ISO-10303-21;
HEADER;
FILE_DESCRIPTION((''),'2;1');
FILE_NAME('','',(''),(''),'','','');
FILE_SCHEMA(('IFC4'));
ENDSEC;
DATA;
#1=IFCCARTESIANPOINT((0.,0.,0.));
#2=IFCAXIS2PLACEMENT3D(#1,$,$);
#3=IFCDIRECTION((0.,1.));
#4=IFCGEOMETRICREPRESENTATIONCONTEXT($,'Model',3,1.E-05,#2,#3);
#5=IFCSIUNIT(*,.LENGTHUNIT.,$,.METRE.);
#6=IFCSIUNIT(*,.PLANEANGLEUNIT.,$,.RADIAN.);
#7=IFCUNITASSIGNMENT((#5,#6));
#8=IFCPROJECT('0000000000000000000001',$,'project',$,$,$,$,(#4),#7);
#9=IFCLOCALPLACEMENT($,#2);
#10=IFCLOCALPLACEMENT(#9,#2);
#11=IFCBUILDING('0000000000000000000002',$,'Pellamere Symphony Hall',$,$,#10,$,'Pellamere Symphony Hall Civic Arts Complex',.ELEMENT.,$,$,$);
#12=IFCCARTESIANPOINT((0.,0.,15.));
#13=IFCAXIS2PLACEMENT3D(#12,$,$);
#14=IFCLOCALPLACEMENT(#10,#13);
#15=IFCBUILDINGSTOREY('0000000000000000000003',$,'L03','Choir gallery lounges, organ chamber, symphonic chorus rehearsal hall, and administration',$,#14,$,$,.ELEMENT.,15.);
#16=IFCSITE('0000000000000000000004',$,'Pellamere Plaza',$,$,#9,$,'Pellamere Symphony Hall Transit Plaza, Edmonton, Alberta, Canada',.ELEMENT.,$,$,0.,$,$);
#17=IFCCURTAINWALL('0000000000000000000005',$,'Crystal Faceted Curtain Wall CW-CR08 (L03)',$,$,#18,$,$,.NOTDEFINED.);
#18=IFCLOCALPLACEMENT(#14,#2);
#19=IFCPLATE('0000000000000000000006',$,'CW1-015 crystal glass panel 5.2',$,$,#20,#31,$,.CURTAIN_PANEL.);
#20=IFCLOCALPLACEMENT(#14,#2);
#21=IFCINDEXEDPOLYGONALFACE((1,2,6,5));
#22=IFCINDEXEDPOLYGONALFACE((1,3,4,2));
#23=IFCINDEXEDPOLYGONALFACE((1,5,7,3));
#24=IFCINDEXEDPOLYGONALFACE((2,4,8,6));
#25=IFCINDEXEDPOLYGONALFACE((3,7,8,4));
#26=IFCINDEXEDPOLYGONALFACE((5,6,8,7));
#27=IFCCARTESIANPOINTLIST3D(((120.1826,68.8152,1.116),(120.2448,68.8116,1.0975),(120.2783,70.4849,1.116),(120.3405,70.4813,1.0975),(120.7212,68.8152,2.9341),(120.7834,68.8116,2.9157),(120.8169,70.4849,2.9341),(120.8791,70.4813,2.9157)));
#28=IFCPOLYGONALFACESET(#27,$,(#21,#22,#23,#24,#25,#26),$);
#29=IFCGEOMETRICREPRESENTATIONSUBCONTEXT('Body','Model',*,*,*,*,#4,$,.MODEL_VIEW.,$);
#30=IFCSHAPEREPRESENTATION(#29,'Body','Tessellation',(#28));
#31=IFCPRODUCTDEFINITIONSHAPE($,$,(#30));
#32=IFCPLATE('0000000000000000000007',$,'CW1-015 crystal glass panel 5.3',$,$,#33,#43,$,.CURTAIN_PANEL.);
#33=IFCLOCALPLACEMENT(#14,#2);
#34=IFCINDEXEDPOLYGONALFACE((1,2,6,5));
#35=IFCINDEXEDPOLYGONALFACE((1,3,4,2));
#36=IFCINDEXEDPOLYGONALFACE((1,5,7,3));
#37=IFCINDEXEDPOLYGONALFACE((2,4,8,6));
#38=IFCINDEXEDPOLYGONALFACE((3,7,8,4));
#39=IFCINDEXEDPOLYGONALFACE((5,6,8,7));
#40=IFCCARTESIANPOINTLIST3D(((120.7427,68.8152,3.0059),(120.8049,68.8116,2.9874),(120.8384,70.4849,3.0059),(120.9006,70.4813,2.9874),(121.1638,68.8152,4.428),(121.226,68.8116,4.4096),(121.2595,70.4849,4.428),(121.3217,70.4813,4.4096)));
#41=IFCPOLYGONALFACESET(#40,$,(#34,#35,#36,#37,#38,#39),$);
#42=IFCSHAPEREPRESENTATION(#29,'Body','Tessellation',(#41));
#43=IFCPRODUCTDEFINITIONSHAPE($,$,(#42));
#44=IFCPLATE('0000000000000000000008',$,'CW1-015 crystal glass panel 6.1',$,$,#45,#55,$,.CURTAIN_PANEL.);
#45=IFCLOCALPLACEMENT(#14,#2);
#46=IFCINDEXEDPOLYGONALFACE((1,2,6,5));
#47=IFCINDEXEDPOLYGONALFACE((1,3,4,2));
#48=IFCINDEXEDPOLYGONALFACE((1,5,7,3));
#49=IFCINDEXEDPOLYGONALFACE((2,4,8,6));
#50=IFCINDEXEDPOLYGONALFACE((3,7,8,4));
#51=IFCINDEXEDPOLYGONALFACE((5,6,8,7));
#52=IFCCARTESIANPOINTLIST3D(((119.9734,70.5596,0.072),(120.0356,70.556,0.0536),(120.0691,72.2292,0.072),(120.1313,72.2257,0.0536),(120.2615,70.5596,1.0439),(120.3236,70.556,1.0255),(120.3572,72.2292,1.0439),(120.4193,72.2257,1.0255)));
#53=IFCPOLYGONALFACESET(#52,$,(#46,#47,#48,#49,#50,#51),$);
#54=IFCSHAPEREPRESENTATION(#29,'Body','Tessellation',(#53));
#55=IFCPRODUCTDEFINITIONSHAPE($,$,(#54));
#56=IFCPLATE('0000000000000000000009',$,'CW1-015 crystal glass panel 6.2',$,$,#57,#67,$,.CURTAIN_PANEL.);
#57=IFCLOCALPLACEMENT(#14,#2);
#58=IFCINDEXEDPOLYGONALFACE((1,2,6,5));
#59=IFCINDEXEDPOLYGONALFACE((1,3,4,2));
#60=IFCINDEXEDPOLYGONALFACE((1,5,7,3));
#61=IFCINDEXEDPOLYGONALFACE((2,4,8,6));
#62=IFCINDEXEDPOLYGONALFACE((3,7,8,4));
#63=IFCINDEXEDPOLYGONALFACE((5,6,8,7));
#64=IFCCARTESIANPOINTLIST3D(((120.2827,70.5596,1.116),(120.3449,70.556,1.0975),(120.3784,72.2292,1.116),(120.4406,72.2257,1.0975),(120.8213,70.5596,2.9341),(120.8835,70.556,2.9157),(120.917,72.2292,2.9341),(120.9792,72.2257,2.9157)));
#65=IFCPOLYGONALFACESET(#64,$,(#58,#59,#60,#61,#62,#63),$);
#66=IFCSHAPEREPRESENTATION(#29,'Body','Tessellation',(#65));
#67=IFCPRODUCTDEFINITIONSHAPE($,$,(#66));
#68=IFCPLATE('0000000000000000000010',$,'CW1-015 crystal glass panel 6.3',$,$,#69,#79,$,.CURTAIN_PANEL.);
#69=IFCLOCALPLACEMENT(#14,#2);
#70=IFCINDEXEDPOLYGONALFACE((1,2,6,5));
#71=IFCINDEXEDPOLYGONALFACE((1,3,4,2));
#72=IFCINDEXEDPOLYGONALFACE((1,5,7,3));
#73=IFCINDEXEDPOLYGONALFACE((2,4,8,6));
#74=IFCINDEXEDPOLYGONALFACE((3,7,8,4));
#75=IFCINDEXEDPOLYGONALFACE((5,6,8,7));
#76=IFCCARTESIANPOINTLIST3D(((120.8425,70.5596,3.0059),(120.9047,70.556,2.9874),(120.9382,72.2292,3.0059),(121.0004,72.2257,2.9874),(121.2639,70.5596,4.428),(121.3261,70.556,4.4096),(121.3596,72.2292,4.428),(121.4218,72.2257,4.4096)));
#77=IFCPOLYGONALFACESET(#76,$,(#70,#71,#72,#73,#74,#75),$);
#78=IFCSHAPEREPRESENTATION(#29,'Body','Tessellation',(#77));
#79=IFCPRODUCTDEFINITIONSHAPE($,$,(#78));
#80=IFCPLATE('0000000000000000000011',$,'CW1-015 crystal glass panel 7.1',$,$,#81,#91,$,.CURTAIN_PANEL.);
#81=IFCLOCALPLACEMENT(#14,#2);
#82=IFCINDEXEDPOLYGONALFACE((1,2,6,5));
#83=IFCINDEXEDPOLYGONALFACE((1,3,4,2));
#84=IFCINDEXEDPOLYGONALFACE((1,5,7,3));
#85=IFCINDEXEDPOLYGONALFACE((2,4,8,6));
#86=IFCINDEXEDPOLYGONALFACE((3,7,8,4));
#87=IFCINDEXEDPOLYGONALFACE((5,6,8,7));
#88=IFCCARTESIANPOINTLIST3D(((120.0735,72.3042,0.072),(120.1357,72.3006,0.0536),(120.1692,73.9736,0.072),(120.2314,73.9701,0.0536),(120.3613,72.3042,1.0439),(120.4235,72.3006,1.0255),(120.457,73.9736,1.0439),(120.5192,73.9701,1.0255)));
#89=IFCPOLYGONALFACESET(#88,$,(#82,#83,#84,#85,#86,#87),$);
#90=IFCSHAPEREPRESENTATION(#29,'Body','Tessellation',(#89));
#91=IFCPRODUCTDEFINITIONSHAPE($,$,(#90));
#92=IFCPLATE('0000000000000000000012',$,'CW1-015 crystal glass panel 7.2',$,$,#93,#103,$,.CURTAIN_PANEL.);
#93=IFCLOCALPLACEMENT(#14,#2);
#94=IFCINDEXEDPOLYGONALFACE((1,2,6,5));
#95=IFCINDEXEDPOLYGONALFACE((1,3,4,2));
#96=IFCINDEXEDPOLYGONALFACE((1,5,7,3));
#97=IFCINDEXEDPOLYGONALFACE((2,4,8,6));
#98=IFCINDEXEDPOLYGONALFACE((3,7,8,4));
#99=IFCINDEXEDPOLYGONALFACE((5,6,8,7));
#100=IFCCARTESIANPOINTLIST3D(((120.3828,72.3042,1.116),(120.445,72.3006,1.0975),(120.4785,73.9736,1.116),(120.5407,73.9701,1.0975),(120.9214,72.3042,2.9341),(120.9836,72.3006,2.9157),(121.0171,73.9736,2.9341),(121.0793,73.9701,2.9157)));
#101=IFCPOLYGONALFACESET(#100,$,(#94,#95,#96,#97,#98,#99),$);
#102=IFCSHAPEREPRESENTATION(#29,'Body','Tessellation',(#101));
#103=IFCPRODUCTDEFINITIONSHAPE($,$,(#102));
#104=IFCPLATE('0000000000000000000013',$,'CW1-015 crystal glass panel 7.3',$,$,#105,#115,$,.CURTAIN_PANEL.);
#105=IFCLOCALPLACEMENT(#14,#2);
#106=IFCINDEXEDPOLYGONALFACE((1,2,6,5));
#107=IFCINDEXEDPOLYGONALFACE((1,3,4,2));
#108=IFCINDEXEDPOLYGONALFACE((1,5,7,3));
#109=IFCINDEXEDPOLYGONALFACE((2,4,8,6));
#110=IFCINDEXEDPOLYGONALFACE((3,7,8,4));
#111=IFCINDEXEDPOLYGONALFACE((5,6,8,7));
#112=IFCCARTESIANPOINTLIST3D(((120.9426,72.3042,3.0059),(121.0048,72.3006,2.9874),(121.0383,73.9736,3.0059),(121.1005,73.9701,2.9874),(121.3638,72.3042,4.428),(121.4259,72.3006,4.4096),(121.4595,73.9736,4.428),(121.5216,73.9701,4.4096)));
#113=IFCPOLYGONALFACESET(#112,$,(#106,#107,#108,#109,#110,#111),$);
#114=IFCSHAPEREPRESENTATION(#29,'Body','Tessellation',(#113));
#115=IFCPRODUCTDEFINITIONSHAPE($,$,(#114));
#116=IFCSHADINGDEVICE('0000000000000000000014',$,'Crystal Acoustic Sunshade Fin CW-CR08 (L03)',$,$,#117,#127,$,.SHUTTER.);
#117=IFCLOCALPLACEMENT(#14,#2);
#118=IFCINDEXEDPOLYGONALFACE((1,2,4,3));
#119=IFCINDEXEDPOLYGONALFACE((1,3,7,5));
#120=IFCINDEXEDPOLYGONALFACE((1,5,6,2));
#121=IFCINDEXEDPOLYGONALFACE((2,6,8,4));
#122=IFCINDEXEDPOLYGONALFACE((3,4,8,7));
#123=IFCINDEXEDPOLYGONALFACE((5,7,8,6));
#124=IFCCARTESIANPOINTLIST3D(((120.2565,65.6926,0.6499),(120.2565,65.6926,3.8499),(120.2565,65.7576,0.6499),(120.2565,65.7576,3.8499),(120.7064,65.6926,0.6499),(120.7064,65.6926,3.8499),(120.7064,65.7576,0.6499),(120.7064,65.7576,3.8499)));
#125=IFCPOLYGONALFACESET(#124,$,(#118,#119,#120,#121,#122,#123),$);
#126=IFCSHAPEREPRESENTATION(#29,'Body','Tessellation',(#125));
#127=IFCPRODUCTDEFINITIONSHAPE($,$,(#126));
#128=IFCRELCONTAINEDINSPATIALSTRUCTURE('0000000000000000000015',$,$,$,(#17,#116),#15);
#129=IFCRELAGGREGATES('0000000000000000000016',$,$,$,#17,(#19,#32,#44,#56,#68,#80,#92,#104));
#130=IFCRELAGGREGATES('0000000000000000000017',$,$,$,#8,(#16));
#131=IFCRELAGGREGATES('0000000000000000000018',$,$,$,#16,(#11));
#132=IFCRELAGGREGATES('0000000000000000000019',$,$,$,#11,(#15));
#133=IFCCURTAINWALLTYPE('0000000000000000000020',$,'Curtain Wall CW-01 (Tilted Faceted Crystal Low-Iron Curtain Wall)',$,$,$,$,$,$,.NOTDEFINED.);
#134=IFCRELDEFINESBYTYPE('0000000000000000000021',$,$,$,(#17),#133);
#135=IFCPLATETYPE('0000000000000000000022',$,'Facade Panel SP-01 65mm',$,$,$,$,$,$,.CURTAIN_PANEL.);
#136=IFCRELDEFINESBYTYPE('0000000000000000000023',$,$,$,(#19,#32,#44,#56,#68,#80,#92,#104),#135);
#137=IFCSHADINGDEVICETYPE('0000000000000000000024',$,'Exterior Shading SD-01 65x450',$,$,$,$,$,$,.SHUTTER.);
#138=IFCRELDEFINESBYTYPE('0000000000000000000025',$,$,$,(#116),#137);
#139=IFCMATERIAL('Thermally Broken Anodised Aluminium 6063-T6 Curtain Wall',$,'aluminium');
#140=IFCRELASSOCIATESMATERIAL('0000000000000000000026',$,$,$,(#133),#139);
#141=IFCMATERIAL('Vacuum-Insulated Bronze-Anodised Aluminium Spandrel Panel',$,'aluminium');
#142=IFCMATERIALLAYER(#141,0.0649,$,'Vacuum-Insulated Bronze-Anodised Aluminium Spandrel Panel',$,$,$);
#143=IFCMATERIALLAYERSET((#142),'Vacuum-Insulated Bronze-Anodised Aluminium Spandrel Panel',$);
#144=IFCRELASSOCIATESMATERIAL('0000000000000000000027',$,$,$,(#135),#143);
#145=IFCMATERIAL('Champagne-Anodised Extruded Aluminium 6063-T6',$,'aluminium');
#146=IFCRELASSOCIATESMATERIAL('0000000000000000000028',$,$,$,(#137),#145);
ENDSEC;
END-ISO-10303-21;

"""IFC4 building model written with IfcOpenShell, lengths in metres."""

from ifc_helpers import new_model, si_unit, direction, frame, origin, origin_2d, place, context, subcontext, project, spatial, polyline, rectangle, outline, extrude, material, layer, layer_set, type_object, element, aggregate, save


model = new_model("IFC4")

# Units and contexts
model_context = context("Model", 3, precision=1e-05, world=origin(), true_north=direction((0.0, 1.0)))
body_context = subcontext(model_context, "Body", "Model", "MODEL_VIEW")
ifc_project = project(units=[si_unit("LENGTHUNIT", "METRE"), si_unit("PLANEANGLEUNIT", "RADIAN")], contexts=[model_context])

# Site, building, storey
site_placement = place(None, origin())
site = spatial("IfcSite", under=ifc_project, at=site_placement, Name="Pellamere Plaza", LongName="Pellamere Symphony Hall Transit Plaza, Edmonton, Alberta, Canada", CompositionType="ELEMENT", RefElevation=0.0)
building_placement = place(site_placement, origin())
building = spatial("IfcBuilding", under=site, at=building_placement, Name="Pellamere Symphony Hall", LongName="Pellamere Symphony Hall Civic Arts Complex", CompositionType="ELEMENT")
storey_placement = place(building_placement, frame((0.0, 0.0, 15.0)))
storey = spatial("IfcBuildingStorey", under=building, at=storey_placement, Name="L03", Description="Choir gallery lounges, organ chamber, symphonic chorus rehearsal hall, and administration", CompositionType="ELEMENT", Elevation=15.0)

# Curtain wall, plates
ifc_material_1 = material(Name="Thermally Broken Anodised Aluminium 6063-T6 Curtain Wall", Category="aluminium")
curtain_wall_type = type_object("IfcCurtainWallType", Name="Curtain Wall CW-01 (Tilted Faceted Crystal Low-Iron Curtain Wall)", PredefinedType="NOTDEFINED", material=ifc_material_1)
curtain_wall_placement = place(storey_placement, origin())
curtain_wall = element("IfcCurtainWall", 1, at=curtain_wall_placement, inside=storey, type_object=curtain_wall_type, Name="Crystal Faceted Curtain Wall CW-CR08 (L03)", PredefinedType="NOTDEFINED")
ifc_material_2 = material(Name="Vacuum-Insulated Bronze-Anodised Aluminium Spandrel Panel", Category="aluminium")
ifc_layer = layer(ifc_material_2, 0.0649, Name="Vacuum-Insulated Bronze-Anodised Aluminium Spandrel Panel")
ifc_layer_set = layer_set([ifc_layer], Name="Vacuum-Insulated Bronze-Anodised Aluminium Spandrel Panel")
plate_type = type_object("IfcPlateType", Name="Facade Panel SP-01 65mm", PredefinedType="CURTAIN_PANEL", material=ifc_layer_set)
plate_1_placement = place(storey_placement, frame((120.1826, 68.8152, 1.116), z_axis=(-0.957372, 0.054875, 0.283599), x_axis=(0.057224, 0.998361, 0.0)))
plate_1 = element("IfcPlate", 2, at=plate_1_placement, type_object=plate_type, Name="CW1-015 crystal glass panel 5.2", PredefinedType="CURTAIN_PANEL", context=body_context, shape_type="SweptSolid", body=[
    extrude(outline(polyline([(0.0, 0.0), (1.6724, 0.0), (1.7032, -1.896), (0.0308, -1.896), (0.0, 0.0)])), origin(), (0.0, 0.0, -1.0), 0.0649),
])
plate_2_placement = place(storey_placement, frame((120.7427, 68.8152, 3.0059), z_axis=(-0.957395, 0.054876, 0.28352), x_axis=(0.057224, 0.998361, 0.0)))
plate_2 = element("IfcPlate", 3, at=plate_2_placement, type_object=plate_type, Name="CW1-015 crystal glass panel 5.3", PredefinedType="CURTAIN_PANEL", context=body_context, shape_type="SweptSolid", body=[
    extrude(outline(polyline([(0.0, 0.0), (1.6724, 0.0), (1.6965, -1.483), (0.0241, -1.483), (0.0, 0.0)])), origin(), (0.0, 0.0, -1.0), 0.0649),
])
plate_3_placement = place(storey_placement, frame((119.9734, 70.5596, 0.072), z_axis=(-0.957324, 0.054872, 0.283759), x_axis=(0.057224, 0.998361, 0.0)))
plate_3 = element("IfcPlate", 4, at=plate_3_placement, type_object=plate_type, Name="CW1-015 crystal glass panel 6.1", PredefinedType="CURTAIN_PANEL", context=body_context, shape_type="SweptSolid", body=[
    extrude(outline(polyline([(0.0, 0.0), (1.6724, 0.0), (1.6889, -1.0136), (0.0165, -1.0136), (0.0, 0.0)])), origin(), (0.0, 0.0, -1.0), 0.0649),
])
plate_4_placement = place(storey_placement, frame((120.2827, 70.5596, 1.116), z_axis=(-0.957372, 0.054875, 0.283599), x_axis=(0.057224, 0.998361, 0.0)))
plate_4 = element("IfcPlate", 5, at=plate_4_placement, type_object=plate_type, Name="CW1-015 crystal glass panel 6.2", PredefinedType="CURTAIN_PANEL", context=body_context, shape_type="SweptSolid", body=[
    extrude(outline(polyline([(0.0, 0.0), (1.6724, 0.0), (1.7032, -1.896), (0.0308, -1.896), (0.0, 0.0)])), origin(), (0.0, 0.0, -1.0), 0.0649),
])
plate_5_placement = place(storey_placement, frame((120.8425, 70.5596, 3.0059), z_axis=(-0.95735, 0.054874, 0.283671), x_axis=(0.057224, 0.998361, 0.0)))
plate_5 = element("IfcPlate", 6, at=plate_5_placement, type_object=plate_type, Name="CW1-015 crystal glass panel 6.3", PredefinedType="CURTAIN_PANEL", context=body_context, shape_type="SweptSolid", body=[
    extrude(outline(polyline([(0.0, 0.0), (1.6724, 0.0), (1.6965, -1.483), (0.0241, -1.483), (0.0, 0.0)])), origin(), (0.0, 0.0, -1.0), 0.0649),
])
plate_6_placement = place(storey_placement, frame((120.0735, 72.3042, 0.072), z_axis=(-0.957389, 0.054884, 0.283537), x_axis=(0.057233, 0.998361, 0.0)))
plate_6 = element("IfcPlate", 7, at=plate_6_placement, type_object=plate_type, Name="CW1-015 crystal glass panel 7.1", PredefinedType="CURTAIN_PANEL", context=body_context, shape_type="SweptSolid", body=[
    extrude(outline(polyline([(0.0, 0.0), (1.6722, 0.0), (1.6886, -1.0135), (0.0165, -1.0135), (0.0, 0.0)])), origin(), (0.0, 0.0, -1.0), 0.0649),
])
plate_7_placement = place(storey_placement, frame((120.3828, 72.3042, 1.116), z_axis=(-0.957371, 0.054883, 0.283599), x_axis=(0.057233, 0.998361, 0.0)))
plate_7 = element("IfcPlate", 8, at=plate_7_placement, type_object=plate_type, Name="CW1-015 crystal glass panel 7.2", PredefinedType="CURTAIN_PANEL", context=body_context, shape_type="SweptSolid", body=[
    extrude(outline(polyline([(0.0, 0.0), (1.6722, 0.0), (1.703, -1.896), (0.0308, -1.896), (0.0, 0.0)])), origin(), (0.0, 0.0, -1.0), 0.0649),
])
plate_8_placement = place(storey_placement, frame((120.9426, 72.3042, 3.0059), z_axis=(-0.957394, 0.054884, 0.28352), x_axis=(0.057233, 0.998361, 0.0)))
plate_8 = element("IfcPlate", 9, at=plate_8_placement, type_object=plate_type, Name="CW1-015 crystal glass panel 7.3", PredefinedType="CURTAIN_PANEL", context=body_context, shape_type="SweptSolid", body=[
    extrude(outline(polyline([(0.0, 0.0), (1.6722, 0.0), (1.6963, -1.483), (0.0241, -1.483), (0.0, 0.0)])), origin(), (0.0, 0.0, -1.0), 0.0649),
])
aggregate(curtain_wall, [plate_1, plate_2, plate_3, plate_4, plate_5, plate_6, plate_7, plate_8])

# Shading device
ifc_material_3 = material(Name="Champagne-Anodised Extruded Aluminium 6063-T6", Category="aluminium")
shading_device_type = type_object("IfcShadingDeviceType", Name="Exterior Shading SD-01 65x450", PredefinedType="SHUTTER", material=ifc_material_3)
shading_device_placement = place(storey_placement, frame((120.4814, 65.7251, 0.6499), z_axis=(0.0, 0.0, 1.0), x_axis=(0.0, 1.0, 0.0)))
element("IfcShadingDevice", 10, at=shading_device_placement, inside=storey, type_object=shading_device_type, Name="Crystal Acoustic Sunshade Fin CW-CR08 (L03)", PredefinedType="SHUTTER", context=body_context, shape_type="SweptSolid", body=[
    extrude(rectangle(XDim=0.0649, YDim=0.45, at=origin_2d()), origin(), (0.0, 0.0, 1.0), 3.2),
])

save(model, "model.ifc")
